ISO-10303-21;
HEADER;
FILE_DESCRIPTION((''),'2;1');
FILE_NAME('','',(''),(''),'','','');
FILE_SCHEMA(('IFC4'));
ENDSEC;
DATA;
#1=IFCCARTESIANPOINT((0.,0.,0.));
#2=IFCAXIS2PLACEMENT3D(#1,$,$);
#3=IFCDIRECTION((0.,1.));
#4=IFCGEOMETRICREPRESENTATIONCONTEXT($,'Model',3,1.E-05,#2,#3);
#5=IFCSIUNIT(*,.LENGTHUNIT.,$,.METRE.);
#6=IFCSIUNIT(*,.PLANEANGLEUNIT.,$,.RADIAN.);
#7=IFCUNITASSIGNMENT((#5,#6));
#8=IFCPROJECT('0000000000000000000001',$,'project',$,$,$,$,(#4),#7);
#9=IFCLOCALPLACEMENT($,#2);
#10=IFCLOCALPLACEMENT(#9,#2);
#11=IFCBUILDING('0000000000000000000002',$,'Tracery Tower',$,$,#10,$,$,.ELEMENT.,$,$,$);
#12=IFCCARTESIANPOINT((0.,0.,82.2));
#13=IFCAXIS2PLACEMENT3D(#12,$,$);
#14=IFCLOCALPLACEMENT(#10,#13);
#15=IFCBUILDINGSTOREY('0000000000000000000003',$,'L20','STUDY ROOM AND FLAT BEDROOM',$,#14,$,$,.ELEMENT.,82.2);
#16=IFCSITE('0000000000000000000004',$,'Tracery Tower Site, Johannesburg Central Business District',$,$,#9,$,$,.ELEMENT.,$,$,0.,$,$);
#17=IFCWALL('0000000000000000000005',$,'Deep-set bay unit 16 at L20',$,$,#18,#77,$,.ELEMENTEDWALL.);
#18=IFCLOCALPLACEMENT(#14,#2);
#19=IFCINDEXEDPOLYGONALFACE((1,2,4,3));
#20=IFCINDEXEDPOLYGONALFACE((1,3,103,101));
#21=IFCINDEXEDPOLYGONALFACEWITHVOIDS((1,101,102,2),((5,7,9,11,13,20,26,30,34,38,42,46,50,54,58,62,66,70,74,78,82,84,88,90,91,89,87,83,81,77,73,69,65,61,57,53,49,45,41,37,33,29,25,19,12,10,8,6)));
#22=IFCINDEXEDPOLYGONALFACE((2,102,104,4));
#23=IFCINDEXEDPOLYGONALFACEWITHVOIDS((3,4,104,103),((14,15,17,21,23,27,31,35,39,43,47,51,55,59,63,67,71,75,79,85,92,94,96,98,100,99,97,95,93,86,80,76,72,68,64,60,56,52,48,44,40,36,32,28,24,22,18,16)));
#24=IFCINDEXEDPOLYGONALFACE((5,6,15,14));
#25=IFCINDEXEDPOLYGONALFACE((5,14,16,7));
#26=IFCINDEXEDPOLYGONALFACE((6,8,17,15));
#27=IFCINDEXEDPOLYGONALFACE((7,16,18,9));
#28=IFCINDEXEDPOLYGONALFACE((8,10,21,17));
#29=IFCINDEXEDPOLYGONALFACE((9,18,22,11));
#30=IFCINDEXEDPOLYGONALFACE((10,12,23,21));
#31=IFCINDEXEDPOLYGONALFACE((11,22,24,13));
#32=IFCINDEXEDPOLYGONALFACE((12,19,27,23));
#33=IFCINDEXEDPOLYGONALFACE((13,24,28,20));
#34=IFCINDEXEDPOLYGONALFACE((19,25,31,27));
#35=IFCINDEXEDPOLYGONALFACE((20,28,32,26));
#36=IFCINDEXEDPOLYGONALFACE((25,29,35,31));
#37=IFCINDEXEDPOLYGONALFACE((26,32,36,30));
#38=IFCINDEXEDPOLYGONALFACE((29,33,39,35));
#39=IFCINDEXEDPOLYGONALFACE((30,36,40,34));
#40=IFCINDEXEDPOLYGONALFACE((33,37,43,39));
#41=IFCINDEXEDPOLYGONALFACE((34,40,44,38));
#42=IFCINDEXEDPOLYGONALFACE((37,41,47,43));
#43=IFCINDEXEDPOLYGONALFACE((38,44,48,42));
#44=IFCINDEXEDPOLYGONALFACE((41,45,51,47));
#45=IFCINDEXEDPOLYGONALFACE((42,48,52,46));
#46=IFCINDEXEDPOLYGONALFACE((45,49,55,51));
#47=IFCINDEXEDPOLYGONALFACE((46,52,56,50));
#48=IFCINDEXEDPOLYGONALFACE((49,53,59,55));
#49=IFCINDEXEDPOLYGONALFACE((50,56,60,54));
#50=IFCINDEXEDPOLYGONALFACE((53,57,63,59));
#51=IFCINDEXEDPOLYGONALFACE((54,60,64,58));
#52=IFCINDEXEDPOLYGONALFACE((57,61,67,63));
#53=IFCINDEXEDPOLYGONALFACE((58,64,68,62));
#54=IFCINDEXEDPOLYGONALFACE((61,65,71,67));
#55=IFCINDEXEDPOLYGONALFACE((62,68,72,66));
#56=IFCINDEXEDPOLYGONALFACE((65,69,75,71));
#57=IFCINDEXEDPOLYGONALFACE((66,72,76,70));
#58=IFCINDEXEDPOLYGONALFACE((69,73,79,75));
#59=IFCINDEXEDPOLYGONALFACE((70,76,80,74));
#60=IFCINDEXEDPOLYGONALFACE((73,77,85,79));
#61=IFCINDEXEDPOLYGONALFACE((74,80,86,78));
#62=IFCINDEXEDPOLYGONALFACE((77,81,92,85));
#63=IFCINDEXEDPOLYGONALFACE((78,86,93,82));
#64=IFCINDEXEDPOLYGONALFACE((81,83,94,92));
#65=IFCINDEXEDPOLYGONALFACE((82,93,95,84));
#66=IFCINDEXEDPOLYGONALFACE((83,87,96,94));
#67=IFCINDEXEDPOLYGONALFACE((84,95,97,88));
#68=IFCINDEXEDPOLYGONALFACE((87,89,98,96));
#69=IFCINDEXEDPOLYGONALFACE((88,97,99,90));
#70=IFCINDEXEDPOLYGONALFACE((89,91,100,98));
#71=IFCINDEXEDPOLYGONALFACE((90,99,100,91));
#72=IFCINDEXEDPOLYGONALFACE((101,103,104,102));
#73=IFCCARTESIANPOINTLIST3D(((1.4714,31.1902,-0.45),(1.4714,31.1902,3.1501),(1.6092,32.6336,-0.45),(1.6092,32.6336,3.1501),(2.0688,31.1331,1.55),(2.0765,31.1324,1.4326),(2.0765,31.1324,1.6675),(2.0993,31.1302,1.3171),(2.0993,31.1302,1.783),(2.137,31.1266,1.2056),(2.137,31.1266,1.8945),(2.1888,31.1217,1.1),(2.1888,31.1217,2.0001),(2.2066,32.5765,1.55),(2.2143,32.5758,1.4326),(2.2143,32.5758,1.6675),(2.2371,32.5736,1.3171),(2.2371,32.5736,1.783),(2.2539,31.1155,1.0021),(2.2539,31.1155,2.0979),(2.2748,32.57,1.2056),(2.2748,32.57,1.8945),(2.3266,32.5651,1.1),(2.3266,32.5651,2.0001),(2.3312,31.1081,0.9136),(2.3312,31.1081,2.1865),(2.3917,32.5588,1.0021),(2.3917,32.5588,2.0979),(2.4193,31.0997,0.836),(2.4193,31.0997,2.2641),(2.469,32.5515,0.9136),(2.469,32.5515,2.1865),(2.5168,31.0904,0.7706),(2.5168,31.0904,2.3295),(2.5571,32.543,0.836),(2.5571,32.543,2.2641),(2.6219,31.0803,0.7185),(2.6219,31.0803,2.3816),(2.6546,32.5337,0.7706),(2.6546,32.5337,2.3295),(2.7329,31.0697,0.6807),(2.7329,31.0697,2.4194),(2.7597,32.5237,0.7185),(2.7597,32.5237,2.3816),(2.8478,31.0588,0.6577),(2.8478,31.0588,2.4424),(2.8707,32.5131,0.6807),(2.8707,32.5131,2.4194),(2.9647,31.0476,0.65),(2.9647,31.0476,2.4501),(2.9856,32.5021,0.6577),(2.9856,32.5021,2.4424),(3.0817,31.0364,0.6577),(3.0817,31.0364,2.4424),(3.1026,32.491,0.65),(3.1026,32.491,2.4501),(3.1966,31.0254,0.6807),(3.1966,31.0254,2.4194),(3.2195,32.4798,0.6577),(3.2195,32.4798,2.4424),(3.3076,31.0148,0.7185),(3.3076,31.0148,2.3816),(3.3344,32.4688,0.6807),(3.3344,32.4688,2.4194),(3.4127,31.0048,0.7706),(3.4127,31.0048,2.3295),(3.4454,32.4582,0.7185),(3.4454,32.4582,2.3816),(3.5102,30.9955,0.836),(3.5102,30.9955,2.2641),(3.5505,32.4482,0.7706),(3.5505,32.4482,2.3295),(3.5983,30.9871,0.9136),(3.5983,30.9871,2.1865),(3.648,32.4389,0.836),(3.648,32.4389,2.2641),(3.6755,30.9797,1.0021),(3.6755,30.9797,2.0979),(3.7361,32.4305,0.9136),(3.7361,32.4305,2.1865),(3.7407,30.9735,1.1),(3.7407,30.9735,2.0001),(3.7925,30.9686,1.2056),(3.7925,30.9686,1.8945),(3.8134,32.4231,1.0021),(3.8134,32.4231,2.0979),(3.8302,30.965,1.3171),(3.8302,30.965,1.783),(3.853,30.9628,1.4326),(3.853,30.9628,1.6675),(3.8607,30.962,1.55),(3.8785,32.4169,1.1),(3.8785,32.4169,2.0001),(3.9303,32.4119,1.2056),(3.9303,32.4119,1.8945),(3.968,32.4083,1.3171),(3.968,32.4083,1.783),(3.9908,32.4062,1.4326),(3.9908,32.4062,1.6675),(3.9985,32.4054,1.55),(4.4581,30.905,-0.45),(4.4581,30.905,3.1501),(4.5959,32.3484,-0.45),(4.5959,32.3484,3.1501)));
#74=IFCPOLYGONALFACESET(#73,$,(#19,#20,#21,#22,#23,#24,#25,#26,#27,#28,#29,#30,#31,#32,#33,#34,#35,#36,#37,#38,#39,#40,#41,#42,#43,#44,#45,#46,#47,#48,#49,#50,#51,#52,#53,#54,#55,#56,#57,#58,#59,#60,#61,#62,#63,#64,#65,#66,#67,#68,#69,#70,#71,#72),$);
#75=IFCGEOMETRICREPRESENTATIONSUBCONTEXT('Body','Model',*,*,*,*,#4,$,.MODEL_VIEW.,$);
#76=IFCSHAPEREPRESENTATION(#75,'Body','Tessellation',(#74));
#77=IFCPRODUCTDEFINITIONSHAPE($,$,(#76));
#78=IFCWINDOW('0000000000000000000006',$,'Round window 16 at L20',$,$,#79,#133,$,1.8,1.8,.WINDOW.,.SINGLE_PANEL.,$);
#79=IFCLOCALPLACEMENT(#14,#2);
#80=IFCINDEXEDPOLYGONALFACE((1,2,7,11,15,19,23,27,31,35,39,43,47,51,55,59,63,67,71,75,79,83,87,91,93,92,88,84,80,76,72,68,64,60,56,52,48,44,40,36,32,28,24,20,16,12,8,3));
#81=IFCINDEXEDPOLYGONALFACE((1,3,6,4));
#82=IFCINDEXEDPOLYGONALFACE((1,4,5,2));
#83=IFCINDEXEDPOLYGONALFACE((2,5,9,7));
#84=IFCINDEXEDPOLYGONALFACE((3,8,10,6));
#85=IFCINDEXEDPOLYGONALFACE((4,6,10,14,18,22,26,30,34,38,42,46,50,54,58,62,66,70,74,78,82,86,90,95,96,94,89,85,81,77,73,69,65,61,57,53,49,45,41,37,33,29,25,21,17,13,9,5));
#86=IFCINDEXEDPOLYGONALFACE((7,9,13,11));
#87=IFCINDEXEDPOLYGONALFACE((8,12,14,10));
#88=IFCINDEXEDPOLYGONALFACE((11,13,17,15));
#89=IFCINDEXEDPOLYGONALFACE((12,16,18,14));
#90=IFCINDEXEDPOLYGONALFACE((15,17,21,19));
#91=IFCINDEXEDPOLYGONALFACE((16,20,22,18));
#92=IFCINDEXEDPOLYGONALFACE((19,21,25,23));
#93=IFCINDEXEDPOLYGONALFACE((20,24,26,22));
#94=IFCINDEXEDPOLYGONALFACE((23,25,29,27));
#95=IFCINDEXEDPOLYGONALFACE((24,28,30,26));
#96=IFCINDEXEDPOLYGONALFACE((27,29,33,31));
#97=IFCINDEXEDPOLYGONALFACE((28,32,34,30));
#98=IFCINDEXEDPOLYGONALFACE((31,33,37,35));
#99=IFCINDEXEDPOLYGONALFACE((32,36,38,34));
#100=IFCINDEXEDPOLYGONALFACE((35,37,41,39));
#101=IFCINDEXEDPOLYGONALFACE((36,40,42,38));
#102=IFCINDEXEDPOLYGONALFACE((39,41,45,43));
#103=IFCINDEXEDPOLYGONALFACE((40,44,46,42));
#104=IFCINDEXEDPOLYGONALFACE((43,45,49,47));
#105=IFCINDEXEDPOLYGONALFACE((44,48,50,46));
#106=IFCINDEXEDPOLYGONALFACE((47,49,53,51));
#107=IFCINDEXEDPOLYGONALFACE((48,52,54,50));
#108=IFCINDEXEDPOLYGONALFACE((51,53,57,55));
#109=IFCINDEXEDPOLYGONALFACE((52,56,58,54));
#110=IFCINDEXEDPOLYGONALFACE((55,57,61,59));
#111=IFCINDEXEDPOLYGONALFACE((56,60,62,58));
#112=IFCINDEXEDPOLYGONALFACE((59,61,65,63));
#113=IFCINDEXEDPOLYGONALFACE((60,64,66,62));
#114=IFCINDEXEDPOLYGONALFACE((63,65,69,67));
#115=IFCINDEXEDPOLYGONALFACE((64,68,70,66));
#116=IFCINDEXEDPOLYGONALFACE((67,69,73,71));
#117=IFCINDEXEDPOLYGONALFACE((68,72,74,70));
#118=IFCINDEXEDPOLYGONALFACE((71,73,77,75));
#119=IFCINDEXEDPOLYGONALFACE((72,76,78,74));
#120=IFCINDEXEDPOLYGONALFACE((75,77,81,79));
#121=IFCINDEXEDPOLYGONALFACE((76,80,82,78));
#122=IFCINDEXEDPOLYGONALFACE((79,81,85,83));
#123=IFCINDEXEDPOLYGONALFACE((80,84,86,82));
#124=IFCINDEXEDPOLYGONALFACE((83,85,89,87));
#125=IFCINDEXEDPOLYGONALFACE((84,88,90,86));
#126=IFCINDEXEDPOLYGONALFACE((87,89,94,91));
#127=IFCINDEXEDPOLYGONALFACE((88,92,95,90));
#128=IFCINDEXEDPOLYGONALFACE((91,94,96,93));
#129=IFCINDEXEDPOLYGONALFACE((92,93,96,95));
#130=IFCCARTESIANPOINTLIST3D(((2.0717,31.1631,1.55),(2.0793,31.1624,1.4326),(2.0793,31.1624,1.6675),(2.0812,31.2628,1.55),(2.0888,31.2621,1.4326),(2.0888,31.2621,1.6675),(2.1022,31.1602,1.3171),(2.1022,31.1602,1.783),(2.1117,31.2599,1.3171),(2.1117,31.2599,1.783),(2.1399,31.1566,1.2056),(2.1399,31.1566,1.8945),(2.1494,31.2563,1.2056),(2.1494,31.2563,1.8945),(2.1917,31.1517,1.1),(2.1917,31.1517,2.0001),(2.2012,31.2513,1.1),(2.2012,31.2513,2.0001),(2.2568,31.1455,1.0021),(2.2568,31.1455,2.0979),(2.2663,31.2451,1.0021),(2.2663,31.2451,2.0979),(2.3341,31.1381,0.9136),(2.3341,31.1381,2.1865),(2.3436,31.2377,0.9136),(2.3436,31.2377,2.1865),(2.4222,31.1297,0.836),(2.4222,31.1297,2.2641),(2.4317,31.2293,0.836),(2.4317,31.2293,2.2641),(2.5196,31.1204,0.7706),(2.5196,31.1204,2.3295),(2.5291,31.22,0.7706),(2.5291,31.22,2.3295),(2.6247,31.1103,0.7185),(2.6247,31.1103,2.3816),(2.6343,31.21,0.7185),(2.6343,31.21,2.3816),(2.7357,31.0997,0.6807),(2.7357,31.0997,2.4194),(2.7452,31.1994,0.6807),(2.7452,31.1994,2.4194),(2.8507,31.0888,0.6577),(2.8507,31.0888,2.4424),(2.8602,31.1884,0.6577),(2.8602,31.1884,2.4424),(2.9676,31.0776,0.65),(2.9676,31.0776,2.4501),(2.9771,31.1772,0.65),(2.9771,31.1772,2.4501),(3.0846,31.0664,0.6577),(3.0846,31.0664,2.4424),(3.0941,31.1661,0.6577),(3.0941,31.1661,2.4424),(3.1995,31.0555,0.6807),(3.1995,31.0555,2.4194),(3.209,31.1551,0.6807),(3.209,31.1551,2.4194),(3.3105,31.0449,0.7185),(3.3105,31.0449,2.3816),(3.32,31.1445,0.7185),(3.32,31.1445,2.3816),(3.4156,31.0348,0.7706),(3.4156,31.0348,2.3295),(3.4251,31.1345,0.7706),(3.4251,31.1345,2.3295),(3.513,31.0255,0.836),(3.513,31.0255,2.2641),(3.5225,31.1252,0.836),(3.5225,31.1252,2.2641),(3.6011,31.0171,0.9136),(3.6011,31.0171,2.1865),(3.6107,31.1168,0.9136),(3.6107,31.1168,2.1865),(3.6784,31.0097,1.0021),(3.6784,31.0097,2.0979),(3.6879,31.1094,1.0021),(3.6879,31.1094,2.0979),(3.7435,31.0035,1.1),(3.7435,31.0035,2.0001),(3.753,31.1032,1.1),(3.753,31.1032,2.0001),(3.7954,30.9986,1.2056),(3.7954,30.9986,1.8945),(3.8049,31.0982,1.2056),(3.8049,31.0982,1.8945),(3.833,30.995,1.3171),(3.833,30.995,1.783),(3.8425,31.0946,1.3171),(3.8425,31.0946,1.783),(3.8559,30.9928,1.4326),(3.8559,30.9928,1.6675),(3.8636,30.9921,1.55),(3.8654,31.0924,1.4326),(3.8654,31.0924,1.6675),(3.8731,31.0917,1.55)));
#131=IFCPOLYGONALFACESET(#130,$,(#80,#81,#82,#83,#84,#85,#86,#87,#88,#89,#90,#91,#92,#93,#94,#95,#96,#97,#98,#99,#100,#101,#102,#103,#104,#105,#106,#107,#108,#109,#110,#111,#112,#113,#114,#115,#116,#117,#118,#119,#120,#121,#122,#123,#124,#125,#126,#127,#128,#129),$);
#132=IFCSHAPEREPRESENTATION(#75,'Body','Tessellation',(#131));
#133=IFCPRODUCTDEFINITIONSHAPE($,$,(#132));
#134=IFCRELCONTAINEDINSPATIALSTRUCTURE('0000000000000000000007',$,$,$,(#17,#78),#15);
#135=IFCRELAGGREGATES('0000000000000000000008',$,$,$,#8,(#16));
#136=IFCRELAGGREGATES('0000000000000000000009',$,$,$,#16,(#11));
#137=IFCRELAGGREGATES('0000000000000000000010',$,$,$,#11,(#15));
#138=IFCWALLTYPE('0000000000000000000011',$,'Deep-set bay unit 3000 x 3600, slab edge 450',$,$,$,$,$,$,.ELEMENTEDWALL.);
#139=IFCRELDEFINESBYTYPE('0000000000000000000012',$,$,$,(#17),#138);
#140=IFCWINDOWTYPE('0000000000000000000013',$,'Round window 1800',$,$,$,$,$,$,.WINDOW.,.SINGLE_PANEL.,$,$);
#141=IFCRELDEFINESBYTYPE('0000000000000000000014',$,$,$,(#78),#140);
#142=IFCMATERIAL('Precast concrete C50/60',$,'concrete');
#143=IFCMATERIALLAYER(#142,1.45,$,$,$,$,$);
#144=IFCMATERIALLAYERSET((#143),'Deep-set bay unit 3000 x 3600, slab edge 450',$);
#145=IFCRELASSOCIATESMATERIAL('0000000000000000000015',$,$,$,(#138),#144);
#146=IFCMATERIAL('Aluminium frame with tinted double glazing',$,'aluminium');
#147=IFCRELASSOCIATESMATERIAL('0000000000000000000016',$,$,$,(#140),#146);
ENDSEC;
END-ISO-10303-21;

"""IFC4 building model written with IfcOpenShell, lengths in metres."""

from ifc_helpers import new_model, si_unit, direction, frame, frame_2d, origin, origin_2d, place, context, subcontext, project, spatial, rectangle, circle, extrude, material, layer, layer_set, type_object, element, fill, save


model = new_model("IFC4")

# Units and contexts
model_context = context("Model", 3, precision=1e-05, world=origin(), true_north=direction((0.0, 1.0)))
body_context = subcontext(model_context, "Body", "Model", "MODEL_VIEW")
ifc_project = project(units=[si_unit("LENGTHUNIT", "METRE"), si_unit("PLANEANGLEUNIT", "RADIAN")], contexts=[model_context])

# Site, building, storey
site_placement = place(None, origin())
site = spatial("IfcSite", under=ifc_project, at=site_placement, Name="Tracery Tower Site, Johannesburg Central Business District", CompositionType="ELEMENT", RefElevation=0.0)
building_placement = place(site_placement, origin())
building = spatial("IfcBuilding", under=site, at=building_placement, Name="Tracery Tower", CompositionType="ELEMENT")
storey_placement = place(building_placement, frame((0.0, 0.0, 82.2)))
storey = spatial("IfcBuildingStorey", under=building, at=storey_placement, Name="L20", Description="STUDY ROOM AND FLAT BEDROOM", CompositionType="ELEMENT", Elevation=82.2)

# Wall, opening, window
ifc_material_1 = material(Name="Precast concrete C50/60", Category="concrete")
ifc_layer_1 = layer(ifc_material_1, 1.45)
ifc_layer_set_1 = layer_set([ifc_layer_1], Name="Deep-set bay unit 3000 x 3600, slab edge 450")
wall_type_1 = type_object("IfcWallType", Name="Deep-set bay unit 3000 x 3600, slab edge 450", PredefinedType="ELEMENTEDWALL", material=ifc_layer_set_1)
wall_1_placement = place(storey_placement, frame((4.5269, 31.6267, -0.45), z_axis=(0.0, 0.0, 1.0), x_axis=(-0.995473, 0.095047, 0.0)))
wall_1 = element("IfcWall", 1, at=wall_1_placement, inside=storey, type_object=wall_type_1, Name="Deep-set bay unit 16 at L20", PredefinedType="ELEMENTEDWALL", context=body_context, shape_type="SweptSolid", body=[
    extrude(rectangle(XDim=3.0002, YDim=1.45, at=frame_2d((1.5, 0.0))), origin(), (0.0, 0.0, 1.0), 3.6001),
])
opening_1_placement = place(wall_1_placement, frame((1.5, 0.0, 2.0)))
opening_1 = element("IfcOpeningElement", 2, at=opening_1_placement, cuts=wall_1, PredefinedType="OPENING", context=body_context, shape_type="SweptSolid", body=[
    extrude(circle(Radius=0.9, at=origin_2d()), frame((0.0, 0.7349, 0.0), z_axis=(0.0, -1.0, 0.0), x_axis=(1.0, 0.0, 0.0)), (0.0, 0.0, 1.0), 1.47),
])
ifc_material_2 = material(Name="Aluminium frame with tinted double glazing", Category="aluminium")
window_type = type_object("IfcWindowType", Name="Round window 1800", PartitioningType="SINGLE_PANEL", PredefinedType="WINDOW", material=ifc_material_2)
window_1_placement = place(opening_1_placement, origin())
window_1 = element("IfcWindow", 3, at=window_1_placement, inside=storey, type_object=window_type, Name="Round window 16 at L20", OverallHeight=1.8, OverallWidth=1.8, PartitioningType="SINGLE_PANEL", PredefinedType="WINDOW", context=body_context, shape_type="SweptSolid", body=[
    extrude(circle(Radius=0.9, at=origin_2d()), frame((0.0, 0.6948, 0.0), z_axis=(0.0, -1.0, 0.0), x_axis=(1.0, 0.0, 0.0)), (0.0, 0.0, 1.0), 0.1001),
])
fill(opening_1, window_1)

save(model, "model.ifc")
